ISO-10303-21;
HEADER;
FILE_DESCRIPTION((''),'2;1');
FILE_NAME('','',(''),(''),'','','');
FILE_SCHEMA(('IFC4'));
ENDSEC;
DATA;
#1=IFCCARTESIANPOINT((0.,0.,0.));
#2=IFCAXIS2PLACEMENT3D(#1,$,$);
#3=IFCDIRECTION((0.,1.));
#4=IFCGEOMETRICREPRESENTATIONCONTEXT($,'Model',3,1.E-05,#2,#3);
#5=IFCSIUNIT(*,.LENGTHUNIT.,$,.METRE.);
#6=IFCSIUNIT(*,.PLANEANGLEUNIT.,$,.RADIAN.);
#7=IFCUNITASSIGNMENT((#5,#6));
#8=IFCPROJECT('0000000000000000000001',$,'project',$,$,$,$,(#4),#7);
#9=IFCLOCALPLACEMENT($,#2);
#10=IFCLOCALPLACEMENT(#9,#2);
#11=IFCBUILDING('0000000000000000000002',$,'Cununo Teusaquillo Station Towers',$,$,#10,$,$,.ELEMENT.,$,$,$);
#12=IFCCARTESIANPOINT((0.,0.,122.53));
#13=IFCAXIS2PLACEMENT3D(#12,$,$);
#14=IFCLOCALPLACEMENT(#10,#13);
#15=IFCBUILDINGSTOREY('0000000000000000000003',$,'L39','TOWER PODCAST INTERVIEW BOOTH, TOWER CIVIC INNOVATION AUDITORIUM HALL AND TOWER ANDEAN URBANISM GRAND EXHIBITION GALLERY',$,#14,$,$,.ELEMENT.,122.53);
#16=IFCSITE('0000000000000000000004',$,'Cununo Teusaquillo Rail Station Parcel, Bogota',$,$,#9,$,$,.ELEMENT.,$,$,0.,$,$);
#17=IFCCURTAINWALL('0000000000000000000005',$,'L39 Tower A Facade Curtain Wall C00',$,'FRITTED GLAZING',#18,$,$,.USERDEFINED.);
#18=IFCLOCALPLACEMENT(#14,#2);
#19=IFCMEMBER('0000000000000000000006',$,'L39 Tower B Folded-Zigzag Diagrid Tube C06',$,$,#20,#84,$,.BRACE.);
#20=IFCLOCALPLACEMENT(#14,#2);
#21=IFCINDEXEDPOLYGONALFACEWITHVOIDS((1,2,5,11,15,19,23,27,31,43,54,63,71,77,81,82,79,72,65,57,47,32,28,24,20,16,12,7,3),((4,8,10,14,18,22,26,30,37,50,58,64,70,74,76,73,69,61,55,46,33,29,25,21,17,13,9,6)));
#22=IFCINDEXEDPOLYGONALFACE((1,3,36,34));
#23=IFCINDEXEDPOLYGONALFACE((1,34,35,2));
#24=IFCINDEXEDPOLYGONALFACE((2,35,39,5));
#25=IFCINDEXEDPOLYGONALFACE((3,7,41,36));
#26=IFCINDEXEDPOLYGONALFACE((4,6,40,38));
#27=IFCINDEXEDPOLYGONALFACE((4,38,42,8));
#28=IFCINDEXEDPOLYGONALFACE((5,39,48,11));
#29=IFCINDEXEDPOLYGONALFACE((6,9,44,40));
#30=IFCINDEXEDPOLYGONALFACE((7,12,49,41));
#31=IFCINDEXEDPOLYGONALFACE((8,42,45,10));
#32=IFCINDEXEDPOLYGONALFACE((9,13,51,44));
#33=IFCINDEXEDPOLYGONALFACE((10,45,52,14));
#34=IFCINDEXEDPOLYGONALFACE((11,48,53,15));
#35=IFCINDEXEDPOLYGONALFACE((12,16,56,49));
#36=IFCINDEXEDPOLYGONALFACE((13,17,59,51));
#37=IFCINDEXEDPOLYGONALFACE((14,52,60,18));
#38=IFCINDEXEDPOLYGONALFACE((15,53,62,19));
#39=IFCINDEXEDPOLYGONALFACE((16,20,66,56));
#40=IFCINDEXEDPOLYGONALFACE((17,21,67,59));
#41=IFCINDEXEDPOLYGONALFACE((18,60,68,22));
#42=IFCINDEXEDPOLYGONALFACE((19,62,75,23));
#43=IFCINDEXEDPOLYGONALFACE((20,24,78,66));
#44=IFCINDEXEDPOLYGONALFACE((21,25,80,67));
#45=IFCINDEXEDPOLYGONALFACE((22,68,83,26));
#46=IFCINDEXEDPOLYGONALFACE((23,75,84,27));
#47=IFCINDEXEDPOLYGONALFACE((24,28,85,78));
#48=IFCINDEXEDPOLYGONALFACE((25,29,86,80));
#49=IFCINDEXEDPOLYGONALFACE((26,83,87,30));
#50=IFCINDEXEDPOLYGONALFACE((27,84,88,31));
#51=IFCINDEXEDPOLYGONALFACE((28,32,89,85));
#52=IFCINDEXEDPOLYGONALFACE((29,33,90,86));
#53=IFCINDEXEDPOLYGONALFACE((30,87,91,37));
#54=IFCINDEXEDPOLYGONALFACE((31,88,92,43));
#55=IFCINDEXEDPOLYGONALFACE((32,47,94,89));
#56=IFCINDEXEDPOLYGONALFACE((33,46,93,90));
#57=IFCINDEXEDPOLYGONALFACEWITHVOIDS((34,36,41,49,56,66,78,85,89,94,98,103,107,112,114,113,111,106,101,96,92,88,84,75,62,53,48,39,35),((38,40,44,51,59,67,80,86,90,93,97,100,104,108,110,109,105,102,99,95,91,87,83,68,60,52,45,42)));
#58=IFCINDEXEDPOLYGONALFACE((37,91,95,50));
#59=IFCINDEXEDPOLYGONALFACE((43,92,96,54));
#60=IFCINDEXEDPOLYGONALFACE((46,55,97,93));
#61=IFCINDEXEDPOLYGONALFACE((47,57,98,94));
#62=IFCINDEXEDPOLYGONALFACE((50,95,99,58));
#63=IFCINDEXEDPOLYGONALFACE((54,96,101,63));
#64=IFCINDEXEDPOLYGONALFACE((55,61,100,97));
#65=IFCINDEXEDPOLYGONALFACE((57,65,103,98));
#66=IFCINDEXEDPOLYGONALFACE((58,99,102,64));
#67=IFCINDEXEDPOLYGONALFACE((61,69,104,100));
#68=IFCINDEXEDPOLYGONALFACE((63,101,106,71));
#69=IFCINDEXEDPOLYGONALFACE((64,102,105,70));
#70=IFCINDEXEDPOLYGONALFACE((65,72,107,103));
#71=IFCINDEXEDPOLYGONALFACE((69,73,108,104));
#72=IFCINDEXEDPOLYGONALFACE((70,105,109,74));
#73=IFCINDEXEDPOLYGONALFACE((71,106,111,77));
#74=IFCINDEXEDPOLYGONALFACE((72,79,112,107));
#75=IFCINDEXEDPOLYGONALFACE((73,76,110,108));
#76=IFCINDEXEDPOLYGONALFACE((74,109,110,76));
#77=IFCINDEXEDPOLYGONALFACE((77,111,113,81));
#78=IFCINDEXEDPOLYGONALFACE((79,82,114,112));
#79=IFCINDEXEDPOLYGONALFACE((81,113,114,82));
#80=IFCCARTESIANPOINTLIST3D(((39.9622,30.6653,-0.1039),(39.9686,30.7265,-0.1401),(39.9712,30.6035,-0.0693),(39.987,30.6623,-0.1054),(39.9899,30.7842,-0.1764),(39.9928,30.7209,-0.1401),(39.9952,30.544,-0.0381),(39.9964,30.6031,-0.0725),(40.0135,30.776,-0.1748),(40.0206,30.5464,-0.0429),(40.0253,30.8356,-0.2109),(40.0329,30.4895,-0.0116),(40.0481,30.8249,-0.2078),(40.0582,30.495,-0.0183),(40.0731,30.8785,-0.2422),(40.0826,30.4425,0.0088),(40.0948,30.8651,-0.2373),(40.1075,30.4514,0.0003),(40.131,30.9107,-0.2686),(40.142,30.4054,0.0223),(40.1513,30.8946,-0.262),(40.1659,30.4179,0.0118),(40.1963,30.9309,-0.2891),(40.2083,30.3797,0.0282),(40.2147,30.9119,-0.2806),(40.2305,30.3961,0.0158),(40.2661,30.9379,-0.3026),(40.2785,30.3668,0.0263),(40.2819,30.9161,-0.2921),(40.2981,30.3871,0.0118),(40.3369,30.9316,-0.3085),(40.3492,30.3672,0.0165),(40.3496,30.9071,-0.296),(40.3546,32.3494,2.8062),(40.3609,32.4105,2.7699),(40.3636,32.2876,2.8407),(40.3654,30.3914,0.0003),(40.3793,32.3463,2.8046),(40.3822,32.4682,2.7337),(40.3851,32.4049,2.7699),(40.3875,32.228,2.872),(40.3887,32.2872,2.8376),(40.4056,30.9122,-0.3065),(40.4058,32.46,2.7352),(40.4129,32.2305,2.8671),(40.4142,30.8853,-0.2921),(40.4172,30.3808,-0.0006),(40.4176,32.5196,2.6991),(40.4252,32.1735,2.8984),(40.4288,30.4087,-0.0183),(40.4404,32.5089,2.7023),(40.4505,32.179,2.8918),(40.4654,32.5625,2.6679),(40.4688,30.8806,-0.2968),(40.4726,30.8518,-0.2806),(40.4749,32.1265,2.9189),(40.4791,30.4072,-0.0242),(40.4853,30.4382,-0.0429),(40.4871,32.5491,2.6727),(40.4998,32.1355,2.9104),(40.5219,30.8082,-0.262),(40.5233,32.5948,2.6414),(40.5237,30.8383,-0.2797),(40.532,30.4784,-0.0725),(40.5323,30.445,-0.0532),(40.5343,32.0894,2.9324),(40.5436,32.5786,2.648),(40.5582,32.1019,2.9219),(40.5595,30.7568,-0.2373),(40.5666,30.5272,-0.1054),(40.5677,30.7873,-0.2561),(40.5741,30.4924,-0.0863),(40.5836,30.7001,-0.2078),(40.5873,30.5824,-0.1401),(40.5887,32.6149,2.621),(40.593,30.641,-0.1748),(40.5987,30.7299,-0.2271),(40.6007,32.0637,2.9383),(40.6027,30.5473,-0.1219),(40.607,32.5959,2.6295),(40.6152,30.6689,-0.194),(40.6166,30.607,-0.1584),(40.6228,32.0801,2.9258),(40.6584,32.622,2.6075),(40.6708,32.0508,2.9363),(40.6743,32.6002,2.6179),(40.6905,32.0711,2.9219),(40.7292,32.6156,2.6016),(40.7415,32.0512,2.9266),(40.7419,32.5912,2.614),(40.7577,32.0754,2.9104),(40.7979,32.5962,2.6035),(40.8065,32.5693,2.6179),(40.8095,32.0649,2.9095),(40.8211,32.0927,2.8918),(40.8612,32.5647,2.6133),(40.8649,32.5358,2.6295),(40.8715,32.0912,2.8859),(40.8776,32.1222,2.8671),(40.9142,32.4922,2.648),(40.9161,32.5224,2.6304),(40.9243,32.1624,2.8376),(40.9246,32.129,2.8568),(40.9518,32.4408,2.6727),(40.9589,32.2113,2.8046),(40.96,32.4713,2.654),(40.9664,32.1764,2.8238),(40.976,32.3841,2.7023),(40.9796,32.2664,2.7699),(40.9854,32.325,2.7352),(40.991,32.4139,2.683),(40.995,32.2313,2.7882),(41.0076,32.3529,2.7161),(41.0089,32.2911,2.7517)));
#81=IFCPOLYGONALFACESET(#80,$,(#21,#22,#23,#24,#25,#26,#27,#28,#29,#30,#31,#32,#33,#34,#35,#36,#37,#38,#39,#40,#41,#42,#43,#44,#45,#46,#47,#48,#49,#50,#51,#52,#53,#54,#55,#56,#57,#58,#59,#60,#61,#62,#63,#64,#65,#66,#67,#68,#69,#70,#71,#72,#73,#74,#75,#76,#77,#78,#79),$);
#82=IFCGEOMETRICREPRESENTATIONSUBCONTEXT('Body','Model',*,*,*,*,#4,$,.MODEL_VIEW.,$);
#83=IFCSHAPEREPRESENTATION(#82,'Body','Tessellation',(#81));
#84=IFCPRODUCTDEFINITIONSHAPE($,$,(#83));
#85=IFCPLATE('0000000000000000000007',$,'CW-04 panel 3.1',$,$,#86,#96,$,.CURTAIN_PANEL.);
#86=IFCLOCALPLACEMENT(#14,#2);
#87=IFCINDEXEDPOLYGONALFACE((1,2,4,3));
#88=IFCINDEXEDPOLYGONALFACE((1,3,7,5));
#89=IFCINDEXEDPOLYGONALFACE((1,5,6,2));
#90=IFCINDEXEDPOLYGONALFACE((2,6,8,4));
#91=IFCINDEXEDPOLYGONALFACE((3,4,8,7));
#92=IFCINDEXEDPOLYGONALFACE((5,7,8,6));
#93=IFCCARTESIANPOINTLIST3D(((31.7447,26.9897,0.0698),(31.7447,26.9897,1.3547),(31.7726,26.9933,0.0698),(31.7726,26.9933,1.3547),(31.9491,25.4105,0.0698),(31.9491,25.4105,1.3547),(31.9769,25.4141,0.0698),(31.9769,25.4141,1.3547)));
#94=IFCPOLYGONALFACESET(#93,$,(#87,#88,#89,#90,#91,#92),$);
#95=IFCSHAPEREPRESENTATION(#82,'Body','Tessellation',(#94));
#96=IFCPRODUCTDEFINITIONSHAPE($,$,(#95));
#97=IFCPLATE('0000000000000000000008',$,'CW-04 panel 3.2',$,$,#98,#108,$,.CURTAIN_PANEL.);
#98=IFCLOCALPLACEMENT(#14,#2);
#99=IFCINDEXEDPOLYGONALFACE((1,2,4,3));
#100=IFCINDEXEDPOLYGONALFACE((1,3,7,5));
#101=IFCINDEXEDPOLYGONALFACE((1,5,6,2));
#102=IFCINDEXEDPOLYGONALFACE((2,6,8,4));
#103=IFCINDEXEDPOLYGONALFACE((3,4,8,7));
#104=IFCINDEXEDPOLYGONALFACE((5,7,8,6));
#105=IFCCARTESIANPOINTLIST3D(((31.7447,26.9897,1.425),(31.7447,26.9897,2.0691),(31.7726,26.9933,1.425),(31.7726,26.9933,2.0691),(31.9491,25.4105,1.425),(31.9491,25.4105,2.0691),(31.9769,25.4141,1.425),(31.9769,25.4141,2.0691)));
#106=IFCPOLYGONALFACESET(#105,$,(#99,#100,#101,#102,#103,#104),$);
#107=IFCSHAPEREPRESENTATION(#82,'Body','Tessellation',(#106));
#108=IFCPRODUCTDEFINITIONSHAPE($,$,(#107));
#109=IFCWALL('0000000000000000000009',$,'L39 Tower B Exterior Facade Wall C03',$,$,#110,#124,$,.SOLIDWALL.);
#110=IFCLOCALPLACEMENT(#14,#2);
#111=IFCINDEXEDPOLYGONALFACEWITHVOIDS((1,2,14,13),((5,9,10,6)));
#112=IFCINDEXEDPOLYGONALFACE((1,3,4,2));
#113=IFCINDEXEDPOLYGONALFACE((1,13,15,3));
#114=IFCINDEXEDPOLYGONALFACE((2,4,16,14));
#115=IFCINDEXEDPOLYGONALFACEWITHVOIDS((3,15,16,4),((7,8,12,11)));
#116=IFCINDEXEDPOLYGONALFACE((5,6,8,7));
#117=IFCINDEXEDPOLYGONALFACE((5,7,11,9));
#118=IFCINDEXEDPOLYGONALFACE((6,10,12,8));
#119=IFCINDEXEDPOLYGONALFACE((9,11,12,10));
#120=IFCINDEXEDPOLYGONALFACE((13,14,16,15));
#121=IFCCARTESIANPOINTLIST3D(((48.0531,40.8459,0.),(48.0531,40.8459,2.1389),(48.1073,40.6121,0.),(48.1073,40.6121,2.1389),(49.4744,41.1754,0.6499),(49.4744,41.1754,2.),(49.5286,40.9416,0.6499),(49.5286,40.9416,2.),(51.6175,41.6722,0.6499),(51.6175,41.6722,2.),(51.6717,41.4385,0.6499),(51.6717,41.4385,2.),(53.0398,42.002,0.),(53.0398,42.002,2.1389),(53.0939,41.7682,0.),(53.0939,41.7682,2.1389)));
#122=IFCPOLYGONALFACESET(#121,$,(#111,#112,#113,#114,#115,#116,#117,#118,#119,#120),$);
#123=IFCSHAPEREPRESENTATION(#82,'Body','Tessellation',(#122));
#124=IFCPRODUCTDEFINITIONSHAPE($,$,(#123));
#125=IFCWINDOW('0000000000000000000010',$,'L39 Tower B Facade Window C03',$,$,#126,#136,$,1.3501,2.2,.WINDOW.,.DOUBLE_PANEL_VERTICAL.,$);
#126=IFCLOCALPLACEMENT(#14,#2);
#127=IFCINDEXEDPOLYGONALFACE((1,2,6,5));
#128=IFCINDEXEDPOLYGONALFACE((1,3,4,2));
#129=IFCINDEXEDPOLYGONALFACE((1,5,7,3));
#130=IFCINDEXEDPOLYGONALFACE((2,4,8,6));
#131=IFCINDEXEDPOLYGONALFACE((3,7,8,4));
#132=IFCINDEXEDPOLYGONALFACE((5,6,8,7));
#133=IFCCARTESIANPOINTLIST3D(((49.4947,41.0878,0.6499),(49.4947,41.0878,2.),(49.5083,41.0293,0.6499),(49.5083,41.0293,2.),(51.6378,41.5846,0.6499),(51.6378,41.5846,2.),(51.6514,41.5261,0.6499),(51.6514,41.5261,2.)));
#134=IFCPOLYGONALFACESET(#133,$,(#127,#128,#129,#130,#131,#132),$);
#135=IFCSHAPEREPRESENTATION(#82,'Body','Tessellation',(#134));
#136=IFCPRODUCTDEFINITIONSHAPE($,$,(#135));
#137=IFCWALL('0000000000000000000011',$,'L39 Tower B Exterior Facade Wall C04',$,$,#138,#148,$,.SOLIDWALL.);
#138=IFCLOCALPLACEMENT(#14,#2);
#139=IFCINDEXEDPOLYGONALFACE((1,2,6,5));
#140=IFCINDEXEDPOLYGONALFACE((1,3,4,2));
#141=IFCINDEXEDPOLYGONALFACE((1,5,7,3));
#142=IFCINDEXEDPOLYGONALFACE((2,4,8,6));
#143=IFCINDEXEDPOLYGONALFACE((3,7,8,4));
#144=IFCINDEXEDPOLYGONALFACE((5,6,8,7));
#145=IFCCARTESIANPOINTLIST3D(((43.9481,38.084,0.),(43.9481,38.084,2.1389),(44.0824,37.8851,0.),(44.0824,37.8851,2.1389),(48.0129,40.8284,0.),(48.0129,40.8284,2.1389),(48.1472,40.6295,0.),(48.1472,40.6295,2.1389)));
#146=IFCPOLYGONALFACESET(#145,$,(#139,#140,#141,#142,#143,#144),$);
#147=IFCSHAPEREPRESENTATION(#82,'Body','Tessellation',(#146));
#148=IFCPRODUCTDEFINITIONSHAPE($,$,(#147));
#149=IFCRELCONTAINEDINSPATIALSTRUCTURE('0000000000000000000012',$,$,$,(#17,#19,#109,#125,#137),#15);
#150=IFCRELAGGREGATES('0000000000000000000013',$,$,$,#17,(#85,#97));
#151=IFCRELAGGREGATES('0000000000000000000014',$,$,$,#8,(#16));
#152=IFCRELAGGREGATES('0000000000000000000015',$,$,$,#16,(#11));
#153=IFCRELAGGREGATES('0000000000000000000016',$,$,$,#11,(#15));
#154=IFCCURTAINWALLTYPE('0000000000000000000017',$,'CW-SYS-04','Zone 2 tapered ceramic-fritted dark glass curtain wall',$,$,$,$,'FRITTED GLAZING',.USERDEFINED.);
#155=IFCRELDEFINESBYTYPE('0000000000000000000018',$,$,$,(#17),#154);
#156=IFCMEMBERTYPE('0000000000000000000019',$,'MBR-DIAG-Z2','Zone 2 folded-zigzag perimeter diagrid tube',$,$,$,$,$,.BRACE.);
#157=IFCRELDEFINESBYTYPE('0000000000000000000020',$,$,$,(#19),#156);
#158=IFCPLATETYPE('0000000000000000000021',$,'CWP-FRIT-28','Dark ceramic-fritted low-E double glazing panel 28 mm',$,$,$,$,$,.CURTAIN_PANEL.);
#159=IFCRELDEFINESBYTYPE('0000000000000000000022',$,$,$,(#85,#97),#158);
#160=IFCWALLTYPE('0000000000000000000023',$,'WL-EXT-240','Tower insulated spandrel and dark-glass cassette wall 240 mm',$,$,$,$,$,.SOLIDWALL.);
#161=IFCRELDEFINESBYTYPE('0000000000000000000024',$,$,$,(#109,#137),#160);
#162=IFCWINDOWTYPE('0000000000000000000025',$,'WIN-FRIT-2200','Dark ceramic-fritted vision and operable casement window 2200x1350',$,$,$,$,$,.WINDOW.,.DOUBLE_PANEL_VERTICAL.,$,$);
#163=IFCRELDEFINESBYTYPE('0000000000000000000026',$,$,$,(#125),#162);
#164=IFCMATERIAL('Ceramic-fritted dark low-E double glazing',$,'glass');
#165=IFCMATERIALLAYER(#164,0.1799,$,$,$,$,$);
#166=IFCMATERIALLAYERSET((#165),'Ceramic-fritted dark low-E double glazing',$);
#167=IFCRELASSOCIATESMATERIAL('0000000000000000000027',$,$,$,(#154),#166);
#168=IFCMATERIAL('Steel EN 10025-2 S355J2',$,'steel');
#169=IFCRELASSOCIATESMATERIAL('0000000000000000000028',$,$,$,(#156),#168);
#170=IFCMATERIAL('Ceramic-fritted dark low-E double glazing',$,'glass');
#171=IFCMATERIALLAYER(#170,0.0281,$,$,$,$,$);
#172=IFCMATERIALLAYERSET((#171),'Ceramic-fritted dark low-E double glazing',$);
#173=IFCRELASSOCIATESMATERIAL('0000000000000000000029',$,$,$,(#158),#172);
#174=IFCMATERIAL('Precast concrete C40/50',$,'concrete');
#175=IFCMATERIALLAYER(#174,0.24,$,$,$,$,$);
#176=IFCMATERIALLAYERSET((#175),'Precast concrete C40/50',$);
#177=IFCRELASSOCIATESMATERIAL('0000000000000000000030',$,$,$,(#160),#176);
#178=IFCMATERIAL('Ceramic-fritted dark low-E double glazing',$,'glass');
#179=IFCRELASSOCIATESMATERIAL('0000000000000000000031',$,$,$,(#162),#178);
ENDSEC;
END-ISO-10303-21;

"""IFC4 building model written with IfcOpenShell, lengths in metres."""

from ifc_helpers import new_model, si_unit, direction, frame, frame_2d, origin, origin_2d, place, context, subcontext, project, spatial, rectangle, hollow_circle, extrude, source, transform, mapped, material, layer, layer_set, material_profile, profile_set, type_object, element, fill, aggregate, save


model = new_model("IFC4")

# Units and contexts
model_context = context("Model", 3, precision=1e-05, world=origin(), true_north=direction((0.0, 1.0)))
body_context = subcontext(model_context, "Body", "Model", "MODEL_VIEW")
ifc_project = project(units=[si_unit("LENGTHUNIT", "METRE"), si_unit("PLANEANGLEUNIT", "RADIAN")], contexts=[model_context])

# Site, building, storey
site_placement = place(None, origin())
site = spatial("IfcSite", under=ifc_project, at=site_placement, Name="Cununo Teusaquillo Rail Station Parcel, Bogota", CompositionType="ELEMENT", RefElevation=0.0)
building_placement = place(site_placement, origin())
building = spatial("IfcBuilding", under=site, at=building_placement, Name="Cununo Teusaquillo Station Towers", CompositionType="ELEMENT")
storey_placement = place(building_placement, frame((0.0, 0.0, 122.53)))
storey = spatial("IfcBuildingStorey", under=building, at=storey_placement, Name="L39", Description="TOWER PODCAST INTERVIEW BOOTH, TOWER CIVIC INNOVATION AUDITORIUM HALL AND TOWER ANDEAN URBANISM GRAND EXHIBITION GALLERY", CompositionType="ELEMENT", Elevation=122.53)

# Curtain wall
ifc_material_1 = material(Name="Ceramic-fritted dark low-E double glazing", Category="glass")
ifc_layer_1 = layer(ifc_material_1, 0.1799)
ifc_layer_set_1 = layer_set([ifc_layer_1], Name="Ceramic-fritted dark low-E double glazing")
curtain_wall_type = type_object("IfcCurtainWallType", Name="CW-SYS-04", Description="Zone 2 tapered ceramic-fritted dark glass curtain wall", ElementType="FRITTED GLAZING", PredefinedType="USERDEFINED", material=ifc_layer_set_1)
curtain_wall_placement = place(storey_placement, origin())
curtain_wall = element("IfcCurtainWall", 1, at=curtain_wall_placement, inside=storey, type_object=curtain_wall_type, Name="L39 Tower A Facade Curtain Wall C00", ObjectType="FRITTED GLAZING", PredefinedType="USERDEFINED")

# Member
ifc_material_2 = material(Name="Steel EN 10025-2 S355J2", Category="steel")
ifc_material_profile_1 = material_profile(ifc_material_2, hollow_circle(Radius=0.3301, WallThickness=0.0249, at=origin_2d()), Name="CHS 660x25")
ifc_profile_set_1 = profile_set([ifc_material_profile_1], Name="Steel EN 10025-2 S355J2")
member_type_1 = type_object("IfcMemberType", Name="MBR-DIAG-Z2", Description="Zone 2 folded-zigzag perimeter diagrid tube", PredefinedType="BRACE", material=ifc_profile_set_1)
member_1_placement = place(storey_placement, frame((40.29, 30.6516, -0.1401), z_axis=(0.115899, 0.497495, 0.85969), x_axis=(-0.97392, 0.22689, 0.0)))
element("IfcMember", 2, at=member_1_placement, inside=storey, type_object=member_type_1, Name="L39 Tower B Folded-Zigzag Diagrid Tube C06", PredefinedType="BRACE", context=body_context, shape_type="SweptSolid", body=[
    extrude(hollow_circle(Radius=0.3301, WallThickness=0.0249, at=origin_2d()), origin(), (0.0, 0.0, 1.0), 3.385),
])

# Plates
ifc_material_3 = material(Name="Ceramic-fritted dark low-E double glazing", Category="glass")
ifc_layer_2 = layer(ifc_material_3, 0.0281)
ifc_layer_set_2 = layer_set([ifc_layer_2], Name="Ceramic-fritted dark low-E double glazing")
plate_type = type_object("IfcPlateType", Name="CWP-FRIT-28", Description="Dark ceramic-fritted low-E double glazing panel 28 mm", PredefinedType="CURTAIN_PANEL", material=ifc_layer_set_2)
shared_shape_1 = source(origin(), body_context, "Body", "SweptSolid", [
    extrude(rectangle(XDim=1.5923, YDim=0.0281, at=origin_2d()), origin(), (0.0, 0.0, 1.0), 1.2849),
])
plate_1_placement = place(storey_placement, frame((31.8608, 26.2019, 0.0698), z_axis=(0.0, 0.0, 1.0), x_axis=(0.128336, -0.991731, 0.0)))
plate_1 = element("IfcPlate", 3, at=plate_1_placement, type_object=plate_type, Name="CW-04 panel 3.1", PredefinedType="CURTAIN_PANEL", context=body_context, shape_type="MappedRepresentation", body=[
    mapped(shared_shape_1, transform((0.0, 0.0, 0.0), x_axis=(1.0, 0.0, 0.0), y_axis=(0.0, 1.0, 0.0), z_axis=(0.0, 0.0, 1.0), scale=1.0)),
])
shared_shape_2 = source(origin(), body_context, "Body", "SweptSolid", [
    extrude(rectangle(XDim=1.5923, YDim=0.0281, at=origin_2d()), origin(), (0.0, 0.0, 1.0), 0.644),
])
plate_2_placement = place(storey_placement, frame((31.8608, 26.2019, 1.425), z_axis=(0.0, 0.0, 1.0), x_axis=(0.128336, -0.991731, 0.0)))
plate_2 = element("IfcPlate", 4, at=plate_2_placement, type_object=plate_type, Name="CW-04 panel 3.2", PredefinedType="CURTAIN_PANEL", context=body_context, shape_type="MappedRepresentation", body=[
    mapped(shared_shape_2, transform((0.0, 0.0, 0.0), x_axis=(1.0, 0.0, 0.0), y_axis=(0.0, 1.0, 0.0), z_axis=(0.0, 0.0, 1.0), scale=1.0)),
])
aggregate(curtain_wall, [plate_1, plate_2])

# Wall, opening, window
ifc_material_4 = material(Name="Precast concrete C40/50", Category="concrete")
ifc_layer_3 = layer(ifc_material_4, 0.24)
ifc_layer_set_3 = layer_set([ifc_layer_3], Name="Precast concrete C40/50")
wall_type_1 = type_object("IfcWallType", Name="WL-EXT-240", Description="Tower insulated spandrel and dark-glass cassette wall 240 mm", PredefinedType="SOLIDWALL", material=ifc_layer_set_3)
wall_1_placement = place(storey_placement, frame((48.0801, 40.729, 0.0), z_axis=(0.0, 0.0, 1.0), x_axis=(0.974166, 0.225835, 0.0)))
wall_1 = element("IfcWall", 5, at=wall_1_placement, inside=storey, type_object=wall_type_1, Name="L39 Tower B Exterior Facade Wall C03", PredefinedType="SOLIDWALL", context=body_context, shape_type="SweptSolid", body=[
    extrude(rectangle(XDim=5.1189, YDim=0.24, at=frame_2d((2.5596, 0.0))), origin(), (0.0, 0.0, 1.0), 2.1389),
])
shared_shape_3 = source(origin(), body_context, "Body", "SweptSolid", [
    extrude(rectangle(XDim=2.2, YDim=1.3501, at=frame_2d((1.1001, 0.675))), frame((0.0, 0.1299, 0.0), z_axis=(0.0, -1.0, 0.0), x_axis=(1.0, 0.0, 0.0)), (0.0, 0.0, 1.0), 0.26),
])
opening_1_placement = place(wall_1_placement, frame((1.459, 0.0, 0.6499)))
opening_1 = element("IfcOpeningElement", 6, at=opening_1_placement, cuts=wall_1, PredefinedType="OPENING", context=body_context, shape_type="MappedRepresentation", body=[
    mapped(shared_shape_3, transform((0.0, 0.0, 0.0), x_axis=(1.0, 0.0, 0.0), y_axis=(0.0, 1.0, 0.0), z_axis=(0.0, 0.0, 1.0), scale=1.0)),
])
ifc_material_5 = material(Name="Ceramic-fritted dark low-E double glazing", Category="glass")
window_type_1 = type_object("IfcWindowType", Name="WIN-FRIT-2200", Description="Dark ceramic-fritted vision and operable casement window 2200x1350", PartitioningType="DOUBLE_PANEL_VERTICAL", PredefinedType="WINDOW", material=ifc_material_5)
shared_shape_4 = source(origin(), body_context, "Body", "SweptSolid", [
    extrude(rectangle(XDim=2.2, YDim=1.3501, at=frame_2d((1.1001, 0.675))), frame((0.0, 0.03, 0.0), z_axis=(0.0, -1.0, 0.0), x_axis=(1.0, 0.0, 0.0)), (0.0, 0.0, 1.0), 0.0601),
])
window_1_placement = place(opening_1_placement, origin())
window_1 = element("IfcWindow", 7, at=window_1_placement, inside=storey, type_object=window_type_1, Name="L39 Tower B Facade Window C03", OverallHeight=1.3501, OverallWidth=2.2, PartitioningType="DOUBLE_PANEL_VERTICAL", PredefinedType="WINDOW", context=body_context, shape_type="MappedRepresentation", body=[
    mapped(shared_shape_4, transform((0.0, 0.0, 0.0), x_axis=(1.0, 0.0, 0.0), y_axis=(0.0, 1.0, 0.0), z_axis=(0.0, 0.0, 1.0), scale=1.0)),
])
fill(opening_1, window_1)

# Wall
wall_2_placement = place(storey_placement, frame((44.0154, 37.9846, 0.0), z_axis=(0.0, 0.0, 1.0), x_axis=(0.828781, 0.559573, 0.0)))
element("IfcWall", 8, at=wall_2_placement, inside=storey, type_object=wall_type_1, Name="L39 Tower B Exterior Facade Wall C04", PredefinedType="SOLIDWALL", context=body_context, shape_type="SweptSolid", body=[
    extrude(rectangle(XDim=4.9045, YDim=0.24, at=frame_2d((2.4521, 0.0))), origin(), (0.0, 0.0, 1.0), 2.1389),
])

save(model, "model.ifc")
